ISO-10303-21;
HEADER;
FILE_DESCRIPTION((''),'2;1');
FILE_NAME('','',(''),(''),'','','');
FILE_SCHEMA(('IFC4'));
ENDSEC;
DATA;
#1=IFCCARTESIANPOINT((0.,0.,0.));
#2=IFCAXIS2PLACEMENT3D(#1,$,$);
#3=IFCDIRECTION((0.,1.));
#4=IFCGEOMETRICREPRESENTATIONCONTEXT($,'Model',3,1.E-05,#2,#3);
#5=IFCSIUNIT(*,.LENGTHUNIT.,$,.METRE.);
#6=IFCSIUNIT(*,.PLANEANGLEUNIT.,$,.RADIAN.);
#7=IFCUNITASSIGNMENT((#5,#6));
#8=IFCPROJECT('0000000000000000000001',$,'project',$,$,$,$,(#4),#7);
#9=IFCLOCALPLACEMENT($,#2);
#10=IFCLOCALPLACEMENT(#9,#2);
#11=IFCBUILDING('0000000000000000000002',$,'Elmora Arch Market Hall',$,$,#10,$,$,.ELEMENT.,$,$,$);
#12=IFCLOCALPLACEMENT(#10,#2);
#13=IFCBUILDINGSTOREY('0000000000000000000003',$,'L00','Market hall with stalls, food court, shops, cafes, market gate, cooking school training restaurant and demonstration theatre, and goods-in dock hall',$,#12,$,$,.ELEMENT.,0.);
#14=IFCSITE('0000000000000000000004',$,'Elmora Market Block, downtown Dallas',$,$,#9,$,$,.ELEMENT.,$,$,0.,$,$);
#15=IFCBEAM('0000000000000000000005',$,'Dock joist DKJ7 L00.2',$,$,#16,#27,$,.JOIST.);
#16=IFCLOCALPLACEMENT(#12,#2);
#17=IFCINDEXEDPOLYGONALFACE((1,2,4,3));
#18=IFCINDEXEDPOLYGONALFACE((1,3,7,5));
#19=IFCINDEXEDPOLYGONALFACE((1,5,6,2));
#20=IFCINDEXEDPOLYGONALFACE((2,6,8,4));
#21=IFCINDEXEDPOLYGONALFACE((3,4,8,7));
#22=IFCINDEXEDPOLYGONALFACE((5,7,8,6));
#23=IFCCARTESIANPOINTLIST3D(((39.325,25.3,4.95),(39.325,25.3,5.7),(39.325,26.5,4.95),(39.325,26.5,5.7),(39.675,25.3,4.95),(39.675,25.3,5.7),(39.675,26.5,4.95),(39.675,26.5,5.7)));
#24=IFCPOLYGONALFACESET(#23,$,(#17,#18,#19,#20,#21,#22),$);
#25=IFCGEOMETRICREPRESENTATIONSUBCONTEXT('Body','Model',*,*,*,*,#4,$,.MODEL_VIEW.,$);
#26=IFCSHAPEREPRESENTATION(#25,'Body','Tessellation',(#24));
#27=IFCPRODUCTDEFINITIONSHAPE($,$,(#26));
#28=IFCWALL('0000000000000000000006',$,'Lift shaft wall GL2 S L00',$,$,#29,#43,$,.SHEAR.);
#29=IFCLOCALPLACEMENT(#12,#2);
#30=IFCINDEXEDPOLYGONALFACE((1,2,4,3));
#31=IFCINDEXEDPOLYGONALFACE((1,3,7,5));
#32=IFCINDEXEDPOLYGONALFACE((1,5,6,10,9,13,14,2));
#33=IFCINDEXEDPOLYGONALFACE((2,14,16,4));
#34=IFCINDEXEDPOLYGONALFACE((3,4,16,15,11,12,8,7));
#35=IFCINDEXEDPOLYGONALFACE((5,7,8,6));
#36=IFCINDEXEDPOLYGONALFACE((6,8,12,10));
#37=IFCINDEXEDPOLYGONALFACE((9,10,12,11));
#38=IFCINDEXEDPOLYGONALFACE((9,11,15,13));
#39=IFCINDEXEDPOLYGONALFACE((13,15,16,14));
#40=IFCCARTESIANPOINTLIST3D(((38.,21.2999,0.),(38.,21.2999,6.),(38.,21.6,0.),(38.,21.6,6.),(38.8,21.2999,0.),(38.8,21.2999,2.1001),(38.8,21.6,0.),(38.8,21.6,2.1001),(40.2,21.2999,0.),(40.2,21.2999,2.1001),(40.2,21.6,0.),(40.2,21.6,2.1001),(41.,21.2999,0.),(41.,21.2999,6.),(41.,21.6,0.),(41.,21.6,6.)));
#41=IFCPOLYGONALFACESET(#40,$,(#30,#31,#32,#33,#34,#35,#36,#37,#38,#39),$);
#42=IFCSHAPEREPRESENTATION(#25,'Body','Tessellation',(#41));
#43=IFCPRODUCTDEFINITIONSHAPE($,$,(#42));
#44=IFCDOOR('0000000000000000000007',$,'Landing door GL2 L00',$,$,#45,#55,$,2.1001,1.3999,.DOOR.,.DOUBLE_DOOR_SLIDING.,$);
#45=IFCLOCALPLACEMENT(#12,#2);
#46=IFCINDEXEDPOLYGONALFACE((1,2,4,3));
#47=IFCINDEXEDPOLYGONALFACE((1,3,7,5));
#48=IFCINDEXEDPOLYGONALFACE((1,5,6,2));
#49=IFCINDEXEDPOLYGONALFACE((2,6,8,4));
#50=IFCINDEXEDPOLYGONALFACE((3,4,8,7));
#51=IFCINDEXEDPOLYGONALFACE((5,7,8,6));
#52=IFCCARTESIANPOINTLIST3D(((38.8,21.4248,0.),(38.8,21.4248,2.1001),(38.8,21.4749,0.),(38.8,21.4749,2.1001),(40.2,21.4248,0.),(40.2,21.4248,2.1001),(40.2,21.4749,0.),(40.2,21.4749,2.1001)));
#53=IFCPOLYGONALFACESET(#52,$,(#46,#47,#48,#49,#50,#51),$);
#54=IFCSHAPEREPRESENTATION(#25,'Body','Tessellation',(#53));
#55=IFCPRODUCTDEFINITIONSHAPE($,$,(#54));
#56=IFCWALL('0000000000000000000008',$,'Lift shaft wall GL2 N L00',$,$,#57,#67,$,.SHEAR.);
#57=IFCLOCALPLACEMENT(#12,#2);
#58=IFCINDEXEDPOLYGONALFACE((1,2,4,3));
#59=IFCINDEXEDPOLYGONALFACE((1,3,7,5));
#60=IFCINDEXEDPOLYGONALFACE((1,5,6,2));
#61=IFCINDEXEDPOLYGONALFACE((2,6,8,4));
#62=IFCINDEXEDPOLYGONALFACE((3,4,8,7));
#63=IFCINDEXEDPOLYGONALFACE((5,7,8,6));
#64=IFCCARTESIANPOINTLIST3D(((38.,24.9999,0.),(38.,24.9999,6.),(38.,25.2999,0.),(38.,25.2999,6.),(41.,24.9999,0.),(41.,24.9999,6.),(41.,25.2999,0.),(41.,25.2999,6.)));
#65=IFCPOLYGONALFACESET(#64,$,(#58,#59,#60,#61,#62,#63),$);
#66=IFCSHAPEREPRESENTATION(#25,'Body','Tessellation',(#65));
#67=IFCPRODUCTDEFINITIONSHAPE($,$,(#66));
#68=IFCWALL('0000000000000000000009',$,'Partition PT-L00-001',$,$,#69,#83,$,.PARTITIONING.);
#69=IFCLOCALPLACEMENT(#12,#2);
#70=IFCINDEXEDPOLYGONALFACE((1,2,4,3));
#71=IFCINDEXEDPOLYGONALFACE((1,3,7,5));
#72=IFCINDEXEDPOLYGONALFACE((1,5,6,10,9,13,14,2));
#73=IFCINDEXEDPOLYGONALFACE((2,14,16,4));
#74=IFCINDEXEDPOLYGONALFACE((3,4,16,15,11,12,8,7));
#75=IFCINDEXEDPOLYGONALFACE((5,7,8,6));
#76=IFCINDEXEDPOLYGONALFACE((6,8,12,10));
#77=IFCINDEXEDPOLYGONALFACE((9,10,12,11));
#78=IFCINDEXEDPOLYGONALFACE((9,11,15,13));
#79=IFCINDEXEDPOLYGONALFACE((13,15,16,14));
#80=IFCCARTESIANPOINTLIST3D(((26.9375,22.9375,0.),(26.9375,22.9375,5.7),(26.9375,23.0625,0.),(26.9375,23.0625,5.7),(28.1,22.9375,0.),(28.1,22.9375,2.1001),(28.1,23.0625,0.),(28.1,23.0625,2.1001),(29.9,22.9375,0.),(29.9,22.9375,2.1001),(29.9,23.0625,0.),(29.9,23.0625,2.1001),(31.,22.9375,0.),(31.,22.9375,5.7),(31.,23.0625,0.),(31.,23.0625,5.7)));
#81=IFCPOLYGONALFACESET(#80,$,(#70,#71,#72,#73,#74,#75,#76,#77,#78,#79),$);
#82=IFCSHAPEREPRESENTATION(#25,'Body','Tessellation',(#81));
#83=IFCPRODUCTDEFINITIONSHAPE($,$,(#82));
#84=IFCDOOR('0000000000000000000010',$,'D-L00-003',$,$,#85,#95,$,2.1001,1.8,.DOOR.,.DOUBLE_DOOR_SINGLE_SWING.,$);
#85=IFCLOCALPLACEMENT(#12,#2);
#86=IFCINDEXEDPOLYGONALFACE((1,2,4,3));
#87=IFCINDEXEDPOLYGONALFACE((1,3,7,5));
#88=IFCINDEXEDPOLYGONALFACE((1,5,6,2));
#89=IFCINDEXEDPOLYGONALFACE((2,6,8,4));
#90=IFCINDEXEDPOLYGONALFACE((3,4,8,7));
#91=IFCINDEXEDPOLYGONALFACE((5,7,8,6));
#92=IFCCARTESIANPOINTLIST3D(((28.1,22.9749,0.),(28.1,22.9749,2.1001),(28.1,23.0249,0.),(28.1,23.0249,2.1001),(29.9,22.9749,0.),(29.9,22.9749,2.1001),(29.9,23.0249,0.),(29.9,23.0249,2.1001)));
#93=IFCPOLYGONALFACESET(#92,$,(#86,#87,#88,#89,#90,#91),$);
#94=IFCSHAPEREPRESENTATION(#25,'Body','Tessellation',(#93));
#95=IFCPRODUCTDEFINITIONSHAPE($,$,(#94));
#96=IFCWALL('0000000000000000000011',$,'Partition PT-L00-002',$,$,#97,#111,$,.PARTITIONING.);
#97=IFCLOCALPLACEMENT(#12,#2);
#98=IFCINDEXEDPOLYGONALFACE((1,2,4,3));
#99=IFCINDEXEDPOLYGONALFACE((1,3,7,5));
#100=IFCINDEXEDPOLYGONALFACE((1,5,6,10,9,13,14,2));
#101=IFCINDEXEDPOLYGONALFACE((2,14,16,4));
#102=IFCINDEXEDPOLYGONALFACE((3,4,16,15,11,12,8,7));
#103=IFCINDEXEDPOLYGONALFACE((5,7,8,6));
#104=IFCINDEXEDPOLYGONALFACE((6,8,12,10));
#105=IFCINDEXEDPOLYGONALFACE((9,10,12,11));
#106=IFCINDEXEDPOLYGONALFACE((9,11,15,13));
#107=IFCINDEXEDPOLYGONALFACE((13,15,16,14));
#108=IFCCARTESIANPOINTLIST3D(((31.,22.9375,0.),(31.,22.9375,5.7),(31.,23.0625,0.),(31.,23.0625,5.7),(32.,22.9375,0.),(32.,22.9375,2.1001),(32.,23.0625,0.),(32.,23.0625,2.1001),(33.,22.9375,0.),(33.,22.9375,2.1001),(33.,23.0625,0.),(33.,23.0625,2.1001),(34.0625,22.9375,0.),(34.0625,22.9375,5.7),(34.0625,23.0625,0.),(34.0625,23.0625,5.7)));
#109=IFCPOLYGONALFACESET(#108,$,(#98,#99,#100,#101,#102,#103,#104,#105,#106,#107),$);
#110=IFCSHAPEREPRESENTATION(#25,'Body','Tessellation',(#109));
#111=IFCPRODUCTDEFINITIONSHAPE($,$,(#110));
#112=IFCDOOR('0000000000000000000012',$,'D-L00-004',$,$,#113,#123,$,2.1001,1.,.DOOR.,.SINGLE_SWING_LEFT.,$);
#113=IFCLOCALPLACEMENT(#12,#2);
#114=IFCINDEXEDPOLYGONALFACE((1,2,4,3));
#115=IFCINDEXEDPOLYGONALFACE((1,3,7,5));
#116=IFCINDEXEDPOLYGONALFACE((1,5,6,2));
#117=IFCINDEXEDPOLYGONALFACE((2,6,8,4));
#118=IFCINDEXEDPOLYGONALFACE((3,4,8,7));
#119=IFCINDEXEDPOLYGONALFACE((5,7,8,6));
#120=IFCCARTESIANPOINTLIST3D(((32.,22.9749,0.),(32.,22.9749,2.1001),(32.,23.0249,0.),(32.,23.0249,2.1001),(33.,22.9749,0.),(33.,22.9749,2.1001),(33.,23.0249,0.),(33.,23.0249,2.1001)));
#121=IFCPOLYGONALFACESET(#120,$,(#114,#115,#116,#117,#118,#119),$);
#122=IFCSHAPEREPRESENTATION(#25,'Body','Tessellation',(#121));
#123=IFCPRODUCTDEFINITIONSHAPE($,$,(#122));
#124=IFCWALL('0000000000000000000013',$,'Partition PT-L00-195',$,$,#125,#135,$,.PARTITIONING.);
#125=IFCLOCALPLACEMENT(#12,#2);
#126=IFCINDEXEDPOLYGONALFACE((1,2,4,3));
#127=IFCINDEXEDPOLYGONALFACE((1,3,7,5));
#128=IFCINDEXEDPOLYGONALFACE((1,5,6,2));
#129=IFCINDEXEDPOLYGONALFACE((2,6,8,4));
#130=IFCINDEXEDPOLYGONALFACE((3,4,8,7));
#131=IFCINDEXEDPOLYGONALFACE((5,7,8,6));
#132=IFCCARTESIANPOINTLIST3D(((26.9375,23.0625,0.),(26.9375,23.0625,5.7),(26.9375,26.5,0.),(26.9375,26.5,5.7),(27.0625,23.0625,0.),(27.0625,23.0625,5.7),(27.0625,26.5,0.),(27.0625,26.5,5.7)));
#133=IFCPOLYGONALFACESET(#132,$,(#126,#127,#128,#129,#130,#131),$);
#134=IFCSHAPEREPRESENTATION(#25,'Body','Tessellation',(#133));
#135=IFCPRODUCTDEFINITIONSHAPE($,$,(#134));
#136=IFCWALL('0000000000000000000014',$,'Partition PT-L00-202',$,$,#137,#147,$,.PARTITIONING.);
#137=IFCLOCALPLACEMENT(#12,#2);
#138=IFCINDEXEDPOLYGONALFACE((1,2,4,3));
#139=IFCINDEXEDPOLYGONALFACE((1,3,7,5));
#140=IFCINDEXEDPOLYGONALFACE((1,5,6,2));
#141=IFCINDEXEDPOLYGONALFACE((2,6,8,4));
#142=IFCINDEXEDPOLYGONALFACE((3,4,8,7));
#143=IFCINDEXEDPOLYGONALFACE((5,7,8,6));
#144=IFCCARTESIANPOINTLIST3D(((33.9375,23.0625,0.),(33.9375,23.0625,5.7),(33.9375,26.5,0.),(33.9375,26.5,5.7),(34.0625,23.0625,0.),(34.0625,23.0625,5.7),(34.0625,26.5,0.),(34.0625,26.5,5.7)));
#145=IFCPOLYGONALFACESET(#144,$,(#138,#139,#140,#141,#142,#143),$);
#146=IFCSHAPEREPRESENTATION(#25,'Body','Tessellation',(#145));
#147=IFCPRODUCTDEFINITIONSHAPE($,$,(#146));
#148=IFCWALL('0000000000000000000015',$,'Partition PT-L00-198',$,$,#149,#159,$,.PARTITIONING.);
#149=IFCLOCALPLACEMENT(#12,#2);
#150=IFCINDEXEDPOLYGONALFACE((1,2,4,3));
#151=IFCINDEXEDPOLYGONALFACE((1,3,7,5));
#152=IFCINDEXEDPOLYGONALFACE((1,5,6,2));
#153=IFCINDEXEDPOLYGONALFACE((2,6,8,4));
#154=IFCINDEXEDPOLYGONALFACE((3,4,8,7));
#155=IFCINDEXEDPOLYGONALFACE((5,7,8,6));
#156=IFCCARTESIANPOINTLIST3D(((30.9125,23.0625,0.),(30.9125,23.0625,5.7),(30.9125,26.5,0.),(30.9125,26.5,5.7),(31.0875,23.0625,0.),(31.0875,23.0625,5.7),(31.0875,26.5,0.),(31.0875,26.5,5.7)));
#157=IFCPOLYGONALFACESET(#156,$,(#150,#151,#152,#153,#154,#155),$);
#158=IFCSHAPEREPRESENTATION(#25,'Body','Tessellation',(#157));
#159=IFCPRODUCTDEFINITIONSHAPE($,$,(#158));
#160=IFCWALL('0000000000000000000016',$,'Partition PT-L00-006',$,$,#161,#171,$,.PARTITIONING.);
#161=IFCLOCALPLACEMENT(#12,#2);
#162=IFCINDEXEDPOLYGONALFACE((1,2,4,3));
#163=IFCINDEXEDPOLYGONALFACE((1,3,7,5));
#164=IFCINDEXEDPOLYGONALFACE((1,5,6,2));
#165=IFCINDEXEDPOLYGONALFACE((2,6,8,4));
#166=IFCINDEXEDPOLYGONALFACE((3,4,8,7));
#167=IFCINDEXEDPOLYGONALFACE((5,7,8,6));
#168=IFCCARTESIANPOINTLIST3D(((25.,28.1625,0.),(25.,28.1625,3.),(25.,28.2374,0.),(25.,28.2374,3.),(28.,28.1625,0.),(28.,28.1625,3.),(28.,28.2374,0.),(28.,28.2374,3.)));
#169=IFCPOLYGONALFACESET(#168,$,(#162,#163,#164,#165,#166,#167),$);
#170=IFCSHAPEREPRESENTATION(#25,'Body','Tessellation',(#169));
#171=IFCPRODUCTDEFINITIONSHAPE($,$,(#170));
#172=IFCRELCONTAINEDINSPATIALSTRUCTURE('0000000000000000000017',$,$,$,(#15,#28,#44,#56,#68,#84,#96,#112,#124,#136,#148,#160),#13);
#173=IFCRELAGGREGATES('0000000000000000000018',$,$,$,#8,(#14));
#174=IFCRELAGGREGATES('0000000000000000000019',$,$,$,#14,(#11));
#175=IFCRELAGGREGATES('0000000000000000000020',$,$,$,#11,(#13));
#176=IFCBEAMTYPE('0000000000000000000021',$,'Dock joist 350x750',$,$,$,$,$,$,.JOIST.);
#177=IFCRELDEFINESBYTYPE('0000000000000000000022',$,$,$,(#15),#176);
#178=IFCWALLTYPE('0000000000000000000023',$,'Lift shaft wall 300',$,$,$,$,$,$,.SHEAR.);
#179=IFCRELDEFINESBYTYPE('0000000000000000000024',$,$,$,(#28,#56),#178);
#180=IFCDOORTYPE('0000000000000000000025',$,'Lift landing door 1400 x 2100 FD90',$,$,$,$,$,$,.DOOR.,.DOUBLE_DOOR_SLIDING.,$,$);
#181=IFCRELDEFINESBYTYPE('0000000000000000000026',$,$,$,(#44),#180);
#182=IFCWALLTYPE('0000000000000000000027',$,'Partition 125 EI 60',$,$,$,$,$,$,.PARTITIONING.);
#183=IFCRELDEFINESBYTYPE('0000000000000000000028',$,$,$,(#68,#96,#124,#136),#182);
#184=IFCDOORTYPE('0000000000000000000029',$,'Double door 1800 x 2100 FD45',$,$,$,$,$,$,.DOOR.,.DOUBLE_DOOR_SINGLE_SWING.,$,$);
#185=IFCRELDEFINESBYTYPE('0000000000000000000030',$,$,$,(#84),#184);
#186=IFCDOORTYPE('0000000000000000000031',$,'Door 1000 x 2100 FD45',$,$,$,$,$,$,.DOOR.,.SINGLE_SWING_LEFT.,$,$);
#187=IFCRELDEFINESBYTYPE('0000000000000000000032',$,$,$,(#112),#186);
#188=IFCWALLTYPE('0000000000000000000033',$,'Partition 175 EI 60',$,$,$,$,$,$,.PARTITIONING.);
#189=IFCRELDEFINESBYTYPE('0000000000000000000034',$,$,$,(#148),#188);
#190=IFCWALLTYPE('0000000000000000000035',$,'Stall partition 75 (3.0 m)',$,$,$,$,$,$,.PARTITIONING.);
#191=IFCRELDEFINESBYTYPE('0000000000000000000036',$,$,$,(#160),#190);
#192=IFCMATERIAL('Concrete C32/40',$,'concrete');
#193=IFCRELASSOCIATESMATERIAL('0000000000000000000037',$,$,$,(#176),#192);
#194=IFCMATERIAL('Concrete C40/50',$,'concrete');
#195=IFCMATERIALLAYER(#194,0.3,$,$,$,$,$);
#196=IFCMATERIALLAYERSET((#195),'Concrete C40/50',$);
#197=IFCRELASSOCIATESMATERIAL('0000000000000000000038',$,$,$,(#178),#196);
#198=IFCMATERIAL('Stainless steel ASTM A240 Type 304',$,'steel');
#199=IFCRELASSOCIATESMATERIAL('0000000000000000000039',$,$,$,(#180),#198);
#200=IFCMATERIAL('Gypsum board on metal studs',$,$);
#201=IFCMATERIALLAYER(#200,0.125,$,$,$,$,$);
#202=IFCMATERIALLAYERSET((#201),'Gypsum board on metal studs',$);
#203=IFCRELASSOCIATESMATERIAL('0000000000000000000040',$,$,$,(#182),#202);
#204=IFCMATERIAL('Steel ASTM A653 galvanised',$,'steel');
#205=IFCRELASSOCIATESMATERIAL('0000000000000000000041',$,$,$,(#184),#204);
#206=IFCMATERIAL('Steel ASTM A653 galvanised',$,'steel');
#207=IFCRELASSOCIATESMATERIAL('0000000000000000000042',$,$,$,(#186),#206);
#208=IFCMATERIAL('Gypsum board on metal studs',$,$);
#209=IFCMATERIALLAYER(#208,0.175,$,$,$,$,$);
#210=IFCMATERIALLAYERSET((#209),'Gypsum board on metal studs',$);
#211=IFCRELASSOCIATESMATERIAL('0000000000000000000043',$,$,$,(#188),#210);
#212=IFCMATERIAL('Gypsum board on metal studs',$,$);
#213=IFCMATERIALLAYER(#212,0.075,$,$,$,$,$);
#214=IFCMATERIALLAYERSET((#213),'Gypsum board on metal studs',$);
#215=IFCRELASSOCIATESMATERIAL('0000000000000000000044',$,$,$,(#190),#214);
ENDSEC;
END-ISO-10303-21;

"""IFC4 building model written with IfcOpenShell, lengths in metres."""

from ifc_helpers import new_model, si_unit, direction, frame, frame_2d, origin, origin_2d, place, context, subcontext, project, spatial, rectangle, extrude, material, layer, layer_set, material_profile, profile_set, type_object, element, fill, save


model = new_model("IFC4")

# Units and contexts
model_context = context("Model", 3, precision=1e-05, world=origin(), true_north=direction((0.0, 1.0)))
body_context = subcontext(model_context, "Body", "Model", "MODEL_VIEW")
ifc_project = project(units=[si_unit("LENGTHUNIT", "METRE"), si_unit("PLANEANGLEUNIT", "RADIAN")], contexts=[model_context])

# Site, building, storey
site_placement = place(None, origin())
site = spatial("IfcSite", under=ifc_project, at=site_placement, Name="Elmora Market Block, downtown Dallas", CompositionType="ELEMENT", RefElevation=0.0)
building_placement = place(site_placement, origin())
building = spatial("IfcBuilding", under=site, at=building_placement, Name="Elmora Arch Market Hall", CompositionType="ELEMENT")
storey_placement = place(building_placement, origin())
storey = spatial("IfcBuildingStorey", under=building, at=storey_placement, Name="L00", Description="Market hall with stalls, food court, shops, cafes, market gate, cooking school training restaurant and demonstration theatre, and goods-in dock hall", CompositionType="ELEMENT", Elevation=0.0)

# Beam
ifc_material_1 = material(Name="Concrete C32/40", Category="concrete")
ifc_material_profile = material_profile(ifc_material_1, rectangle(XDim=0.3501, YDim=0.75, at=origin_2d()), Name="Dock joist 350x750")
ifc_profile_set = profile_set([ifc_material_profile], Name="Concrete C32/40")
beam_type = type_object("IfcBeamType", Name="Dock joist 350x750", PredefinedType="JOIST", material=ifc_profile_set)
beam_placement = place(storey_placement, frame((39.5, 25.3, 5.325), z_axis=(0.0, 1.0, 0.0), x_axis=(-1.0, 0.0, 0.0)))
element("IfcBeam", 1, at=beam_placement, inside=storey, type_object=beam_type, Name="Dock joist DKJ7 L00.2", PredefinedType="JOIST", context=body_context, shape_type="SweptSolid", body=[
    extrude(rectangle(XDim=0.3501, YDim=0.75, at=origin_2d()), origin(), (0.0, 0.0, 1.0), 1.2),
])

# Wall, opening, door
ifc_material_2 = material(Name="Concrete C40/50", Category="concrete")
ifc_layer_1 = layer(ifc_material_2, 0.3)
ifc_layer_set_1 = layer_set([ifc_layer_1], Name="Concrete C40/50")
wall_type_1 = type_object("IfcWallType", Name="Lift shaft wall 300", PredefinedType="SHEAR", material=ifc_layer_set_1)
wall_1_placement = place(storey_placement, frame((38.0, 21.45, 0.0), z_axis=(0.0, 0.0, 1.0), x_axis=(1.0, 0.0, 0.0)))
wall_1 = element("IfcWall", 2, at=wall_1_placement, inside=storey, type_object=wall_type_1, Name="Lift shaft wall GL2 S L00", PredefinedType="SHEAR", context=body_context, shape_type="SweptSolid", body=[
    extrude(rectangle(XDim=3.0, YDim=0.3, at=frame_2d((1.5, 0.0))), origin(), (0.0, 0.0, 1.0), 6.0),
])
opening_1_placement = place(wall_1_placement, frame((0.8, 0.0, 0.0)))
opening_1 = element("IfcOpeningElement", 3, at=opening_1_placement, cuts=wall_1, PredefinedType="OPENING", context=body_context, shape_type="SweptSolid", body=[
    extrude(rectangle(XDim=1.3999, YDim=2.1001, at=frame_2d((0.7, 1.05))), frame((0.0, 0.1599, 0.0), z_axis=(0.0, -1.0, 0.0), x_axis=(1.0, 0.0, 0.0)), (0.0, 0.0, 1.0), 0.3201),
])
ifc_material_3 = material(Name="Stainless steel ASTM A240 Type 304", Category="steel")
door_type_1 = type_object("IfcDoorType", Name="Lift landing door 1400 x 2100 FD90", OperationType="DOUBLE_DOOR_SLIDING", PredefinedType="DOOR", material=ifc_material_3)
door_1_placement = place(opening_1_placement, origin())
door_1 = element("IfcDoor", 4, at=door_1_placement, inside=storey, type_object=door_type_1, Name="Landing door GL2 L00", OperationType="DOUBLE_DOOR_SLIDING", OverallHeight=2.1001, OverallWidth=1.3999, PredefinedType="DOOR", context=body_context, shape_type="SweptSolid", body=[
    extrude(rectangle(XDim=1.3999, YDim=2.1001, at=frame_2d((0.7, 1.05))), frame((0.0, 0.0249, 0.0), z_axis=(0.0, -1.0, 0.0), x_axis=(1.0, 0.0, 0.0)), (0.0, 0.0, 1.0), 0.05),
])
fill(opening_1, door_1)

# Wall
wall_2_placement = place(storey_placement, frame((38.0, 25.1499, 0.0), z_axis=(0.0, 0.0, 1.0), x_axis=(1.0, 0.0, 0.0)))
element("IfcWall", 5, at=wall_2_placement, inside=storey, type_object=wall_type_1, Name="Lift shaft wall GL2 N L00", PredefinedType="SHEAR", context=body_context, shape_type="SweptSolid", body=[
    extrude(rectangle(XDim=3.0, YDim=0.3, at=frame_2d((1.5, 0.0))), origin(), (0.0, 0.0, 1.0), 6.0),
])

# Walls, openings, doors
ifc_material_4 = material(Name="Gypsum board on metal studs")
ifc_layer_2 = layer(ifc_material_4, 0.125)
ifc_layer_set_2 = layer_set([ifc_layer_2], Name="Gypsum board on metal studs")
wall_type_2 = type_object("IfcWallType", Name="Partition 125 EI 60", PredefinedType="PARTITIONING", material=ifc_layer_set_2)
wall_3_placement = place(storey_placement, frame((26.9375, 23.0, 0.0), z_axis=(0.0, 0.0, 1.0), x_axis=(1.0, 0.0, 0.0)))
wall_3 = element("IfcWall", 6, at=wall_3_placement, inside=storey, type_object=wall_type_2, Name="Partition PT-L00-001", PredefinedType="PARTITIONING", context=body_context, shape_type="SweptSolid", body=[
    extrude(rectangle(XDim=4.0625, YDim=0.125, at=frame_2d((2.0312, 0.0))), origin(), (0.0, 0.0, 1.0), 5.7),
])
opening_2_placement = place(wall_3_placement, frame((1.1626, 0.0, 0.0)))
opening_2 = element("IfcOpeningElement", 7, at=opening_2_placement, cuts=wall_3, PredefinedType="OPENING", context=body_context, shape_type="SweptSolid", body=[
    extrude(rectangle(XDim=1.8, YDim=2.1001, at=frame_2d((0.8999, 1.05))), frame((0.0, 0.0725, 0.0), z_axis=(0.0, -1.0, 0.0), x_axis=(1.0, 0.0, 0.0)), (0.0, 0.0, 1.0), 0.145),
])
ifc_material_5 = material(Name="Steel ASTM A653 galvanised", Category="steel")
door_type_2 = type_object("IfcDoorType", Name="Double door 1800 x 2100 FD45", OperationType="DOUBLE_DOOR_SINGLE_SWING", PredefinedType="DOOR", material=ifc_material_5)
door_2_placement = place(opening_2_placement, origin())
door_2 = element("IfcDoor", 8, at=door_2_placement, inside=storey, type_object=door_type_2, Name="D-L00-003", OperationType="DOUBLE_DOOR_SINGLE_SWING", OverallHeight=2.1001, OverallWidth=1.8, PredefinedType="DOOR", context=body_context, shape_type="SweptSolid", body=[
    extrude(rectangle(XDim=1.8, YDim=2.1001, at=frame_2d((0.8999, 1.05))), frame((0.0, 0.0249, 0.0), z_axis=(0.0, -1.0, 0.0), x_axis=(1.0, 0.0, 0.0)), (0.0, 0.0, 1.0), 0.05),
])
fill(opening_2, door_2)
wall_4_placement = place(storey_placement, frame((31.0, 23.0, 0.0), z_axis=(0.0, 0.0, 1.0), x_axis=(1.0, 0.0, 0.0)))
wall_4 = element("IfcWall", 9, at=wall_4_placement, inside=storey, type_object=wall_type_2, Name="Partition PT-L00-002", PredefinedType="PARTITIONING", context=body_context, shape_type="SweptSolid", body=[
    extrude(rectangle(XDim=3.0625, YDim=0.125, at=frame_2d((1.5312, 0.0))), origin(), (0.0, 0.0, 1.0), 5.7),
])
opening_3_placement = place(wall_4_placement, frame((1.0, 0.0, 0.0)))
opening_3 = element("IfcOpeningElement", 10, at=opening_3_placement, cuts=wall_4, PredefinedType="OPENING", context=body_context, shape_type="SweptSolid", body=[
    extrude(rectangle(XDim=1.0, YDim=2.1001, at=frame_2d((0.5, 1.05))), frame((0.0, 0.0725, 0.0), z_axis=(0.0, -1.0, 0.0), x_axis=(1.0, 0.0, 0.0)), (0.0, 0.0, 1.0), 0.145),
])
ifc_material_6 = material(Name="Steel ASTM A653 galvanised", Category="steel")
door_type_3 = type_object("IfcDoorType", Name="Door 1000 x 2100 FD45", OperationType="SINGLE_SWING_LEFT", PredefinedType="DOOR", material=ifc_material_6)
door_3_placement = place(opening_3_placement, origin())
door_3 = element("IfcDoor", 11, at=door_3_placement, inside=storey, type_object=door_type_3, Name="D-L00-004", OperationType="SINGLE_SWING_LEFT", OverallHeight=2.1001, OverallWidth=1.0, PredefinedType="DOOR", context=body_context, shape_type="SweptSolid", body=[
    extrude(rectangle(XDim=1.0, YDim=2.1001, at=frame_2d((0.5, 1.05))), frame((0.0, 0.0249, 0.0), z_axis=(0.0, -1.0, 0.0), x_axis=(1.0, 0.0, 0.0)), (0.0, 0.0, 1.0), 0.05),
])
fill(opening_3, door_3)

# Walls
for number, where, z_axis, x_axis, name in (
    (12, (27.0, 23.0625, 0.0), (0.0, 0.0, 1.0), (0.0, 1.0, 0.0), "Partition PT-L00-195"),
    (13, (34.0, 23.0625, 0.0), (0.0, 0.0, 1.0), (0.0, 1.0, 0.0), "Partition PT-L00-202"),
):
    element("IfcWall", number, at=place(storey_placement, frame(where, z_axis=z_axis, x_axis=x_axis)), inside=storey, type_object=wall_type_2, Name=name, PredefinedType="PARTITIONING", context=body_context, shape_type="SweptSolid", body=[
        extrude(rectangle(XDim=3.4375, YDim=0.125, at=frame_2d((1.7188, 0.0))), origin(), (0.0, 0.0, 1.0), 5.7),
    ])
ifc_material_7 = material(Name="Gypsum board on metal studs")
ifc_layer_3 = layer(ifc_material_7, 0.175)
ifc_layer_set_3 = layer_set([ifc_layer_3], Name="Gypsum board on metal studs")
wall_type_3 = type_object("IfcWallType", Name="Partition 175 EI 60", PredefinedType="PARTITIONING", material=ifc_layer_set_3)
wall_5_placement = place(storey_placement, frame((31.0, 23.0625, 0.0), z_axis=(0.0, 0.0, 1.0), x_axis=(0.0, 1.0, 0.0)))
element("IfcWall", 14, at=wall_5_placement, inside=storey, type_object=wall_type_3, Name="Partition PT-L00-198", PredefinedType="PARTITIONING", context=body_context, shape_type="SweptSolid", body=[
    extrude(rectangle(XDim=3.4375, YDim=0.175, at=frame_2d((1.7188, 0.0))), origin(), (0.0, 0.0, 1.0), 5.7),
])
ifc_material_8 = material(Name="Gypsum board on metal studs")
ifc_layer_4 = layer(ifc_material_8, 0.075)
ifc_layer_set_4 = layer_set([ifc_layer_4], Name="Gypsum board on metal studs")
wall_type_4 = type_object("IfcWallType", Name="Stall partition 75 (3.0 m)", PredefinedType="PARTITIONING", material=ifc_layer_set_4)
for number, where, z_axis, x_axis, name in (
    (15, (25.0, 28.2, 0.0), (0.0, 0.0, 1.0), (1.0, 0.0, 0.0), "Partition PT-L00-006"),
):
    element("IfcWall", number, at=place(storey_placement, frame(where, z_axis=z_axis, x_axis=x_axis)), inside=storey, type_object=wall_type_4, Name=name, PredefinedType="PARTITIONING", context=body_context, shape_type="SweptSolid", body=[
        extrude(rectangle(XDim=3.0, YDim=0.075, at=frame_2d((1.5, 0.0))), origin(), (0.0, 0.0, 1.0), 3.0),
    ])

save(model, "model.ifc")
